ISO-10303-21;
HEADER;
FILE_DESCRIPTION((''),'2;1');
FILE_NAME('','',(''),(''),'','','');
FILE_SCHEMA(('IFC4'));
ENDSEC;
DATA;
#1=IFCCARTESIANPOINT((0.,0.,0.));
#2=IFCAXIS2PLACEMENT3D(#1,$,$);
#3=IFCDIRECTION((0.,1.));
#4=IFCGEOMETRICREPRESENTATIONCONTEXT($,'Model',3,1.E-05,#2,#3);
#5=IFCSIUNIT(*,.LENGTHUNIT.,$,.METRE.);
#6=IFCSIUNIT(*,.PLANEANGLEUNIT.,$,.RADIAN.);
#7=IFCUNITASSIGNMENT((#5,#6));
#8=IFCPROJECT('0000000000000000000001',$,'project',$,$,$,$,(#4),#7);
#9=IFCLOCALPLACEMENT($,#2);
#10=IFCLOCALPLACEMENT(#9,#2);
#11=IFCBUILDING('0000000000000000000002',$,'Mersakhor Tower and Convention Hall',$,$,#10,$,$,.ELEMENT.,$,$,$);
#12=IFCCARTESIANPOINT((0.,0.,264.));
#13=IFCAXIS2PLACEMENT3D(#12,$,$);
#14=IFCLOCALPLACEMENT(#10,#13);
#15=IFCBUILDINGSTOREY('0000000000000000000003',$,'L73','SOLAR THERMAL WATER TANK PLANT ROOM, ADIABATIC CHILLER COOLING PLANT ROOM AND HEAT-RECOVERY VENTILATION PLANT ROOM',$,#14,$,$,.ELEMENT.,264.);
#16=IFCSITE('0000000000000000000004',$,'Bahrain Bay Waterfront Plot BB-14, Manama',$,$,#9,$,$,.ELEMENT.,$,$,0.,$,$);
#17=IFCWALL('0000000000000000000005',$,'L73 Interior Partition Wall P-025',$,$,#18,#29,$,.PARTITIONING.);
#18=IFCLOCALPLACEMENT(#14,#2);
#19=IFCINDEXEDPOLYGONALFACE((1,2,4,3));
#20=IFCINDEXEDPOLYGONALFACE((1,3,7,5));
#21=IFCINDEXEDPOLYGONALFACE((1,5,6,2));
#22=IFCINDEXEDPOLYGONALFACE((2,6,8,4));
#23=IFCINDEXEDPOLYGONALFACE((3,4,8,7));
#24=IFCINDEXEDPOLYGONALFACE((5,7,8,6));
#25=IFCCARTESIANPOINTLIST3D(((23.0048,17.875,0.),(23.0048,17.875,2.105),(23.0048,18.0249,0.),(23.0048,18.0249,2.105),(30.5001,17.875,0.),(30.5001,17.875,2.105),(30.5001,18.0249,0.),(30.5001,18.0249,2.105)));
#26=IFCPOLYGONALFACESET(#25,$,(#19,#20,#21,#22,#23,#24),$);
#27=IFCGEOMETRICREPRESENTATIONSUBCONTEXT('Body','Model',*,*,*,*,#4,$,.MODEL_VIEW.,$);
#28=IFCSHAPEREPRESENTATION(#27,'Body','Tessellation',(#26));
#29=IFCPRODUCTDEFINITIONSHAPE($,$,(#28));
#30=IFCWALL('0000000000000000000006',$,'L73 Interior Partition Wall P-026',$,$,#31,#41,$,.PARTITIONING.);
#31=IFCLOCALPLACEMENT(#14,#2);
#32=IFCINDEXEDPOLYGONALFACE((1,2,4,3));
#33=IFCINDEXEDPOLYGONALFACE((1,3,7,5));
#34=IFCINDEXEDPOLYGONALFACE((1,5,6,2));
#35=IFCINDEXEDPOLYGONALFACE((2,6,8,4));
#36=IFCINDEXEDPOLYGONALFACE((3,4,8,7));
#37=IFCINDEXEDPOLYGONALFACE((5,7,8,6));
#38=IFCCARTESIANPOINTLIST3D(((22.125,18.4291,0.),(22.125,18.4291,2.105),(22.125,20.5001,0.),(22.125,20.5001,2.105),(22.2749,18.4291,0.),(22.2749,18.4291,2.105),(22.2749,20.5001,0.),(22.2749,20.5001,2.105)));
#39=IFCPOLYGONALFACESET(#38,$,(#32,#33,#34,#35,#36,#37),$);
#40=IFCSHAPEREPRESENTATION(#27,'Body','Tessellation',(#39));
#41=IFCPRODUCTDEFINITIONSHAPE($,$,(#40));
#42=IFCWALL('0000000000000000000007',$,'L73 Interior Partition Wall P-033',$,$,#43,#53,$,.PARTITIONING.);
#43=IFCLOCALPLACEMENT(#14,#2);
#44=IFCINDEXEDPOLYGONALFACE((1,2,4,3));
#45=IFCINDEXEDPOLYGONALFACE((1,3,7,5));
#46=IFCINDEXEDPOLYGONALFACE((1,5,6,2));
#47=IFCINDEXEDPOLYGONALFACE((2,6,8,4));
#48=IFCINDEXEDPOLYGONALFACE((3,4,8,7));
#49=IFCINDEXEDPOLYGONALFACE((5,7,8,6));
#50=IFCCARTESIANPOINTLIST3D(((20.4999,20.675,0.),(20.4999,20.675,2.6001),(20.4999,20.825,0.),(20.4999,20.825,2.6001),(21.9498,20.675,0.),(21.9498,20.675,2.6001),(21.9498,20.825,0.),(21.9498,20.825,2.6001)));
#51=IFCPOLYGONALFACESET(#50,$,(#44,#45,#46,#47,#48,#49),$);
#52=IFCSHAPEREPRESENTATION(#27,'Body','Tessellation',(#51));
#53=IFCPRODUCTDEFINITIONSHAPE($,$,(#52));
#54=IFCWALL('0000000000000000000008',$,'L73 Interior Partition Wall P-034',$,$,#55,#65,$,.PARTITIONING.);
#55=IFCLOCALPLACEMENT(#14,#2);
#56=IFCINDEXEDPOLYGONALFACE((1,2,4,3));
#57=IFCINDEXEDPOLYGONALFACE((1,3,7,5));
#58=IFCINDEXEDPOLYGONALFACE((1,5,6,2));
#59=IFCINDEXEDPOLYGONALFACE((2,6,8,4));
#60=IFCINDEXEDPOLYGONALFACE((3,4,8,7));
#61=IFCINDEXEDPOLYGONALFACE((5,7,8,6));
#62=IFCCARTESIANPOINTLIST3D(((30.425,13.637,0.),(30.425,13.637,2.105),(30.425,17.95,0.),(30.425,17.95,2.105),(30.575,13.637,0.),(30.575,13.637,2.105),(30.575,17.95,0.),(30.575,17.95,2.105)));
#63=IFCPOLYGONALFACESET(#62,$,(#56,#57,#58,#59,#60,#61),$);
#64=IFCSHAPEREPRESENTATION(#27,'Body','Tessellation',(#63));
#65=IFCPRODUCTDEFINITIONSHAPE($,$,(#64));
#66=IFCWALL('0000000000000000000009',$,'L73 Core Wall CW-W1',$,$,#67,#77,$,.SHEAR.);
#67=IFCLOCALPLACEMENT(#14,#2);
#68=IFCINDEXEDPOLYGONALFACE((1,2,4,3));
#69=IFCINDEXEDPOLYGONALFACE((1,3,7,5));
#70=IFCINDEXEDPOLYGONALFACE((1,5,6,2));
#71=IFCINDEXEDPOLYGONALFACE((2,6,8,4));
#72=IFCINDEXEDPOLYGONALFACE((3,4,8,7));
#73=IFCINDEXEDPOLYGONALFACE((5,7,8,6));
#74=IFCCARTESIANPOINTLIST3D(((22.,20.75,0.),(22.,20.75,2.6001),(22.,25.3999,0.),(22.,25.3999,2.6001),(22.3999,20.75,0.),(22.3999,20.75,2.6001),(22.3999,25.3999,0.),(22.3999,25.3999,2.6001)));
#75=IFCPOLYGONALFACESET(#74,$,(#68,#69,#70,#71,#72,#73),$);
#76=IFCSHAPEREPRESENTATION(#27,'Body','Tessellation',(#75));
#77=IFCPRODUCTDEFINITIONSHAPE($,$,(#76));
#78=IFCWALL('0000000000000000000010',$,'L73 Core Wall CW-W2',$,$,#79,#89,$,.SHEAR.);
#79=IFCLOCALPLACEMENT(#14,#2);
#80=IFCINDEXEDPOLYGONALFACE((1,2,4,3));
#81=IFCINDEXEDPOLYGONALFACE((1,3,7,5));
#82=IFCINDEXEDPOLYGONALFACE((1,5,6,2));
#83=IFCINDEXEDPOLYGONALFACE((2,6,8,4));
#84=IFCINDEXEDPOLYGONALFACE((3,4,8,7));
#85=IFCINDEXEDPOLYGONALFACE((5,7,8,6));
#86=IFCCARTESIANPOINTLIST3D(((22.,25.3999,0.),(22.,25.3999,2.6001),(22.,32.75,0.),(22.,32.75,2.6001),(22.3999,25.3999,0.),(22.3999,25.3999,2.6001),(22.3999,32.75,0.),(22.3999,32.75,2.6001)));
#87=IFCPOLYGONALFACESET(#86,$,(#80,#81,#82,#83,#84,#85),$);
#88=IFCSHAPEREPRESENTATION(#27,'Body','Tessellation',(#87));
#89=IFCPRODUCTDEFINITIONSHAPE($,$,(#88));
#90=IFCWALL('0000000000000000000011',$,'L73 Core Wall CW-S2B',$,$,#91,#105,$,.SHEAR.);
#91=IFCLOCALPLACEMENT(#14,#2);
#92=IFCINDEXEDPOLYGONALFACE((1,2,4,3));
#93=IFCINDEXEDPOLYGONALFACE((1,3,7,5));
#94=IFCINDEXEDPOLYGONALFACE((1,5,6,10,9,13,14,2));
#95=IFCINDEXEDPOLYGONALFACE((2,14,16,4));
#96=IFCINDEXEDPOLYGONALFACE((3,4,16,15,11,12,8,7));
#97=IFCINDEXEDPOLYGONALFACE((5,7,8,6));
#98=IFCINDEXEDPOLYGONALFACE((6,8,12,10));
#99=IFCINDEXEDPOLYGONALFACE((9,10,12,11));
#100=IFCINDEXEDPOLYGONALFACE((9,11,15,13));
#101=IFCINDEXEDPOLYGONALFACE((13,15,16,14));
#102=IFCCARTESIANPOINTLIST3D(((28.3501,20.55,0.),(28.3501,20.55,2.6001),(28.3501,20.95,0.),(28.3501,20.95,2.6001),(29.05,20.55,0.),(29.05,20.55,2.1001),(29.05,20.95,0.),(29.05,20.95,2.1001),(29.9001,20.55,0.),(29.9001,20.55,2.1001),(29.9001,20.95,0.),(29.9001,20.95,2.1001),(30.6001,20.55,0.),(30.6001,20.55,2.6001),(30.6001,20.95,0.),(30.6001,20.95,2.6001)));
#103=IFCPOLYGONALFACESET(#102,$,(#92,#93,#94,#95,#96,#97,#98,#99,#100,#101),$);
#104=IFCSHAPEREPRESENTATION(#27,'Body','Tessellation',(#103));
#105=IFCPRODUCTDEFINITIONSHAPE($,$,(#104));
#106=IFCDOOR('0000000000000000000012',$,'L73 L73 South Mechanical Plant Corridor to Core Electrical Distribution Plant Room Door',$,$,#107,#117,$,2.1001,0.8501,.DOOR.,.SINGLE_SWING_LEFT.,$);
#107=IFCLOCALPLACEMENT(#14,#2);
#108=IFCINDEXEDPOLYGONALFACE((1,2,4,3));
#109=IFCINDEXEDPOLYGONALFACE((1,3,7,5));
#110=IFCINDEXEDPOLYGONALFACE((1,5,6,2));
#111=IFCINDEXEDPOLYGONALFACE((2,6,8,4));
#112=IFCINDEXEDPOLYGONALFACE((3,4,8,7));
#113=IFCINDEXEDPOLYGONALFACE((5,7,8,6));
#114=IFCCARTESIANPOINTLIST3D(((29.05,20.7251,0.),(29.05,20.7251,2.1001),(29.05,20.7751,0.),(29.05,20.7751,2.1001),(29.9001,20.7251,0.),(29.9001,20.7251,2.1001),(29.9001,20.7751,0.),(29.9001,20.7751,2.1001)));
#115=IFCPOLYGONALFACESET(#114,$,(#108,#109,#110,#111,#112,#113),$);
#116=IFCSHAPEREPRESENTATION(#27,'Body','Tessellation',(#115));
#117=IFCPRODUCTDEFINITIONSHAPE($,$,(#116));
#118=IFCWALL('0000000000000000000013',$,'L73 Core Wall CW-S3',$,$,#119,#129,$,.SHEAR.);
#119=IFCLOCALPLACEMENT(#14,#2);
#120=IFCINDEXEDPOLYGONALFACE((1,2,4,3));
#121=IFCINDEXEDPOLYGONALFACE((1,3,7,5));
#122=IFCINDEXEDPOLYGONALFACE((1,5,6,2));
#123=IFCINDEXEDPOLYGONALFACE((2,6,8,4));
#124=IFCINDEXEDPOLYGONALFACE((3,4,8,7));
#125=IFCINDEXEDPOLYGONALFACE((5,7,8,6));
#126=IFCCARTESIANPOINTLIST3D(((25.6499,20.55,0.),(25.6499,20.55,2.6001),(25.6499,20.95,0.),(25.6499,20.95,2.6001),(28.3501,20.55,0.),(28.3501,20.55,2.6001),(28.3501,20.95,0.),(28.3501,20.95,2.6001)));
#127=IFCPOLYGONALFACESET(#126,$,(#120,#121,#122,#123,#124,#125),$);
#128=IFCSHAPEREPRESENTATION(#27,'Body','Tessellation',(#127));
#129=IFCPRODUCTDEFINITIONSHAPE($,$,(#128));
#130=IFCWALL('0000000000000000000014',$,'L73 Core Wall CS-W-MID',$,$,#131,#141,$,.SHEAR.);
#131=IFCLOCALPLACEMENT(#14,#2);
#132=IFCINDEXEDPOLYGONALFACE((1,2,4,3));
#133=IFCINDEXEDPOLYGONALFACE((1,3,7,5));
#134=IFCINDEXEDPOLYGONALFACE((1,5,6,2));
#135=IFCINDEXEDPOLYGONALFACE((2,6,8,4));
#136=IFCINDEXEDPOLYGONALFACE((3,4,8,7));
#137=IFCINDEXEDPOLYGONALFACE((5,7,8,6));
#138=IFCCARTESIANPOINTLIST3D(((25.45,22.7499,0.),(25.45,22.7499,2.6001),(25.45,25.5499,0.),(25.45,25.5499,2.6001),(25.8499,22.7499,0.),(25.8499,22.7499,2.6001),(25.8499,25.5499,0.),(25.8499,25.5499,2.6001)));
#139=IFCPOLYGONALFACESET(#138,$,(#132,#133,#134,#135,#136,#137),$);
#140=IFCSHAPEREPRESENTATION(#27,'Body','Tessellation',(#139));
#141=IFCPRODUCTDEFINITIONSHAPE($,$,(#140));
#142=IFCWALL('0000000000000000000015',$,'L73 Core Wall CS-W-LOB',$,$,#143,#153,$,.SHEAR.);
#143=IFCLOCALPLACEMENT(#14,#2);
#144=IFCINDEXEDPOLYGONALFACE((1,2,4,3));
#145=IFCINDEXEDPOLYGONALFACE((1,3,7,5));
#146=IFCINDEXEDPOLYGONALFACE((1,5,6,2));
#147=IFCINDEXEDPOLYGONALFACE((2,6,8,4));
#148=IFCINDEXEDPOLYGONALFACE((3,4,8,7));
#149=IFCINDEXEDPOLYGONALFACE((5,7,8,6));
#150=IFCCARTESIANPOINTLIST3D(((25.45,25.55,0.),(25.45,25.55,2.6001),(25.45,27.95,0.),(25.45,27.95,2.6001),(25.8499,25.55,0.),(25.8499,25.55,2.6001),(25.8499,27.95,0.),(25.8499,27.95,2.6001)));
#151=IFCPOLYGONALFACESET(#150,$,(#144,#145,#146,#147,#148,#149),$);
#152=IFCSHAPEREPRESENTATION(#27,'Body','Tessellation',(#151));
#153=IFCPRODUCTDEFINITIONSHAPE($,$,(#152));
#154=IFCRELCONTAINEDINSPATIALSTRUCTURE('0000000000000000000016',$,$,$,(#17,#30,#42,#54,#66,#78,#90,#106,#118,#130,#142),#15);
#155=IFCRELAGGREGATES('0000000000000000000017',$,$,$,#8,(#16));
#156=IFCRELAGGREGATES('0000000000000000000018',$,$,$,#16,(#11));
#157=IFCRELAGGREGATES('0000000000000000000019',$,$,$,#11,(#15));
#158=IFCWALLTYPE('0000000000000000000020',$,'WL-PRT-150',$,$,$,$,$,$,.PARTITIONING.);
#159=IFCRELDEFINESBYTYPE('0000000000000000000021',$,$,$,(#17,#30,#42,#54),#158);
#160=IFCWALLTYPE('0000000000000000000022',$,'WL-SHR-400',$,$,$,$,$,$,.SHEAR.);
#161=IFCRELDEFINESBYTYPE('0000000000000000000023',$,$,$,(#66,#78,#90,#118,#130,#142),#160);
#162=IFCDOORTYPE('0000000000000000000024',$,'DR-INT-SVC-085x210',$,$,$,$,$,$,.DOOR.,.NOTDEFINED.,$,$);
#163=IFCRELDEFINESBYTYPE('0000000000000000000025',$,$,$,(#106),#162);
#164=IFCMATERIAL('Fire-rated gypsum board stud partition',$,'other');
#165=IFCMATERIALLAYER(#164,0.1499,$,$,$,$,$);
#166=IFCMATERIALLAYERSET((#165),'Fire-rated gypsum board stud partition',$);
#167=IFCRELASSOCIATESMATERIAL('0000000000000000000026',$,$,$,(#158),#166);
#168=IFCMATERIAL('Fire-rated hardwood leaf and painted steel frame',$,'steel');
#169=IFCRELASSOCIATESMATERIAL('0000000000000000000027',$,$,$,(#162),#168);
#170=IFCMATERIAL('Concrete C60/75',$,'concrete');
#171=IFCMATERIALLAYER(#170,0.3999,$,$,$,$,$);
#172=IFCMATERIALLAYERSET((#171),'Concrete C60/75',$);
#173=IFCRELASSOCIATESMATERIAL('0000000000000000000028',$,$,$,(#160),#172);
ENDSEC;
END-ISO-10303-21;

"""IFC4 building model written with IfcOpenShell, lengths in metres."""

from ifc_helpers import new_model, si_unit, direction, frame, frame_2d, origin, place, context, subcontext, project, spatial, rectangle, extrude, material, layer, layer_set, type_object, element, fill, save


model = new_model("IFC4")

# Units and contexts
model_context = context("Model", 3, precision=1e-05, world=origin(), true_north=direction((0.0, 1.0)))
body_context = subcontext(model_context, "Body", "Model", "MODEL_VIEW")
ifc_project = project(units=[si_unit("LENGTHUNIT", "METRE"), si_unit("PLANEANGLEUNIT", "RADIAN")], contexts=[model_context])

# Site, building, storey
site_placement = place(None, origin())
site = spatial("IfcSite", under=ifc_project, at=site_placement, Name="Bahrain Bay Waterfront Plot BB-14, Manama", CompositionType="ELEMENT", RefElevation=0.0)
building_placement = place(site_placement, origin())
building = spatial("IfcBuilding", under=site, at=building_placement, Name="Mersakhor Tower and Convention Hall", CompositionType="ELEMENT")
storey_placement = place(building_placement, frame((0.0, 0.0, 264.0)))
storey = spatial("IfcBuildingStorey", under=building, at=storey_placement, Name="L73", Description="SOLAR THERMAL WATER TANK PLANT ROOM, ADIABATIC CHILLER COOLING PLANT ROOM AND HEAT-RECOVERY VENTILATION PLANT ROOM", CompositionType="ELEMENT", Elevation=264.0)

# Shared definitions
ifc_material_1 = material(Name="Fire-rated gypsum board stud partition", Category="other")
ifc_layer_1 = layer(ifc_material_1, 0.1499)
ifc_layer_set_1 = layer_set([ifc_layer_1], Name="Fire-rated gypsum board stud partition")
wall_type_1 = type_object("IfcWallType", Name="WL-PRT-150", PredefinedType="PARTITIONING", material=ifc_layer_set_1)

# Shared definitions
ifc_material_2 = material(Name="Fire-rated hardwood leaf and painted steel frame", Category="steel")
door_type_1 = type_object("IfcDoorType", Name="DR-INT-SVC-085x210", OperationType="NOTDEFINED", PredefinedType="DOOR", material=ifc_material_2)

# Walls
wall_1_placement = place(storey_placement, frame((30.5, 17.95, 0.0), z_axis=(0.0, 0.0, 1.0), x_axis=(-1.0, 0.0, 0.0)))
element("IfcWall", 1, at=wall_1_placement, inside=storey, type_object=wall_type_1, Name="L73 Interior Partition Wall P-025", PredefinedType="PARTITIONING", context=body_context, shape_type="SweptSolid", body=[
    extrude(rectangle(XDim=7.4954, YDim=0.1499, at=frame_2d((3.7476, 0.0))), origin(), (0.0, 0.0, 1.0), 2.105),
])
wall_2_placement = place(storey_placement, frame((22.2, 18.429, 0.0), z_axis=(0.0, 0.0, 1.0), x_axis=(0.0, 1.0, 0.0)))
element("IfcWall", 2, at=wall_2_placement, inside=storey, type_object=wall_type_1, Name="L73 Interior Partition Wall P-026", PredefinedType="PARTITIONING", context=body_context, shape_type="SweptSolid", body=[
    extrude(rectangle(XDim=2.071, YDim=0.1499, at=frame_2d((1.0356, 0.0))), origin(), (0.0, 0.0, 1.0), 2.105),
])
wall_3_placement = place(storey_placement, frame((21.95, 20.75, 0.0), z_axis=(0.0, 0.0, 1.0), x_axis=(-1.0, 0.0, 0.0)))
element("IfcWall", 3, at=wall_3_placement, inside=storey, type_object=wall_type_1, Name="L73 Interior Partition Wall P-033", PredefinedType="PARTITIONING", context=body_context, shape_type="SweptSolid", body=[
    extrude(rectangle(XDim=1.45, YDim=0.1499, at=frame_2d((0.7251, 0.0))), origin(), (0.0, 0.0, 1.0), 2.6001),
])
wall_4_placement = place(storey_placement, frame((30.5, 13.637, 0.0), z_axis=(0.0, 0.0, 1.0), x_axis=(0.0, 1.0, 0.0)))
element("IfcWall", 4, at=wall_4_placement, inside=storey, type_object=wall_type_1, Name="L73 Interior Partition Wall P-034", PredefinedType="PARTITIONING", context=body_context, shape_type="SweptSolid", body=[
    extrude(rectangle(XDim=4.313, YDim=0.1499, at=frame_2d((2.1565, 0.0))), origin(), (0.0, 0.0, 1.0), 2.105),
])

# Walls
ifc_material_3 = material(Name="Concrete C60/75", Category="concrete")
ifc_layer_2 = layer(ifc_material_3, 0.3999)
ifc_layer_set_2 = layer_set([ifc_layer_2], Name="Concrete C60/75")
wall_type_2 = type_object("IfcWallType", Name="WL-SHR-400", PredefinedType="SHEAR", material=ifc_layer_set_2)
wall_5_placement = place(storey_placement, frame((22.2, 20.75, 0.0), z_axis=(0.0, 0.0, 1.0), x_axis=(0.0, 1.0, 0.0)))
element("IfcWall", 5, at=wall_5_placement, inside=storey, type_object=wall_type_2, Name="L73 Core Wall CW-W1", PredefinedType="SHEAR", context=body_context, shape_type="SweptSolid", body=[
    extrude(rectangle(XDim=4.6499, YDim=0.3999, at=frame_2d((2.325, 0.0))), origin(), (0.0, 0.0, 1.0), 2.6001),
])
wall_6_placement = place(storey_placement, frame((22.2, 25.3999, 0.0), z_axis=(0.0, 0.0, 1.0), x_axis=(0.0, 1.0, 0.0)))
element("IfcWall", 6, at=wall_6_placement, inside=storey, type_object=wall_type_2, Name="L73 Core Wall CW-W2", PredefinedType="SHEAR", context=body_context, shape_type="SweptSolid", body=[
    extrude(rectangle(XDim=7.3501, YDim=0.3999, at=frame_2d((3.675, 0.0))), origin(), (0.0, 0.0, 1.0), 2.6001),
])

# Wall, opening, door
wall_7_placement = place(storey_placement, frame((30.6001, 20.75, 0.0), z_axis=(0.0, 0.0, 1.0), x_axis=(-1.0, 0.0, 0.0)))
wall_7 = element("IfcWall", 7, at=wall_7_placement, inside=storey, type_object=wall_type_2, Name="L73 Core Wall CW-S2B", PredefinedType="SHEAR", context=body_context, shape_type="SweptSolid", body=[
    extrude(rectangle(XDim=2.25, YDim=0.3999, at=frame_2d((1.125, 0.0))), origin(), (0.0, 0.0, 1.0), 2.6001),
])
opening_1_placement = place(wall_7_placement, frame((0.7, 0.0, 0.0)))
opening_1 = element("IfcOpeningElement", 8, at=opening_1_placement, cuts=wall_7, PredefinedType="OPENING", context=body_context, shape_type="SweptSolid", body=[
    extrude(rectangle(XDim=0.8501, YDim=2.1001, at=frame_2d((0.425, 1.05))), frame((0.0, 0.21, 0.0), z_axis=(0.0, -1.0, 0.0), x_axis=(1.0, 0.0, 0.0)), (0.0, 0.0, 1.0), 0.4199),
])
door_1_placement = place(opening_1_placement, origin())
door_1 = element("IfcDoor", 9, at=door_1_placement, inside=storey, type_object=door_type_1, Name="L73 L73 South Mechanical Plant Corridor to Core Electrical Distribution Plant Room Door", OperationType="SINGLE_SWING_LEFT", OverallHeight=2.1001, OverallWidth=0.8501, PredefinedType="DOOR", context=body_context, shape_type="SweptSolid", body=[
    extrude(rectangle(XDim=0.8501, YDim=2.1001, at=frame_2d((0.425, 1.05))), frame((0.0, 0.0249, 0.0), z_axis=(0.0, -1.0, 0.0), x_axis=(1.0, 0.0, 0.0)), (0.0, 0.0, 1.0), 0.05),
])
fill(opening_1, door_1)

# Wall
wall_8_placement = place(storey_placement, frame((28.3501, 20.75, 0.0), z_axis=(0.0, 0.0, 1.0), x_axis=(-1.0, 0.0, 0.0)))
element("IfcWall", 10, at=wall_8_placement, inside=storey, type_object=wall_type_2, Name="L73 Core Wall CW-S3", PredefinedType="SHEAR", context=body_context, shape_type="SweptSolid", body=[
    extrude(rectangle(XDim=2.7002, YDim=0.3999, at=frame_2d((1.3501, 0.0))), origin(), (0.0, 0.0, 1.0), 2.6001),
])

# Walls
wall_9_placement = place(storey_placement, frame((25.6499, 22.75, 0.0), z_axis=(0.0, 0.0, 1.0), x_axis=(0.0, 1.0, 0.0)))
element("IfcWall", 11, at=wall_9_placement, inside=storey, type_object=wall_type_2, Name="L73 Core Wall CS-W-MID", PredefinedType="SHEAR", context=body_context, shape_type="SweptSolid", body=[
    extrude(rectangle(XDim=2.8, YDim=0.3999, at=frame_2d((1.3999, 0.0))), origin(), (0.0, 0.0, 1.0), 2.6001),
])
wall_10_placement = place(storey_placement, frame((25.6499, 25.55, 0.0), z_axis=(0.0, 0.0, 1.0), x_axis=(0.0, 1.0, 0.0)))
element("IfcWall", 12, at=wall_10_placement, inside=storey, type_object=wall_type_2, Name="L73 Core Wall CS-W-LOB", PredefinedType="SHEAR", context=body_context, shape_type="SweptSolid", body=[
    extrude(rectangle(XDim=2.3999, YDim=0.3999, at=frame_2d((1.2, 0.0))), origin(), (0.0, 0.0, 1.0), 2.6001),
])

save(model, "model.ifc")
